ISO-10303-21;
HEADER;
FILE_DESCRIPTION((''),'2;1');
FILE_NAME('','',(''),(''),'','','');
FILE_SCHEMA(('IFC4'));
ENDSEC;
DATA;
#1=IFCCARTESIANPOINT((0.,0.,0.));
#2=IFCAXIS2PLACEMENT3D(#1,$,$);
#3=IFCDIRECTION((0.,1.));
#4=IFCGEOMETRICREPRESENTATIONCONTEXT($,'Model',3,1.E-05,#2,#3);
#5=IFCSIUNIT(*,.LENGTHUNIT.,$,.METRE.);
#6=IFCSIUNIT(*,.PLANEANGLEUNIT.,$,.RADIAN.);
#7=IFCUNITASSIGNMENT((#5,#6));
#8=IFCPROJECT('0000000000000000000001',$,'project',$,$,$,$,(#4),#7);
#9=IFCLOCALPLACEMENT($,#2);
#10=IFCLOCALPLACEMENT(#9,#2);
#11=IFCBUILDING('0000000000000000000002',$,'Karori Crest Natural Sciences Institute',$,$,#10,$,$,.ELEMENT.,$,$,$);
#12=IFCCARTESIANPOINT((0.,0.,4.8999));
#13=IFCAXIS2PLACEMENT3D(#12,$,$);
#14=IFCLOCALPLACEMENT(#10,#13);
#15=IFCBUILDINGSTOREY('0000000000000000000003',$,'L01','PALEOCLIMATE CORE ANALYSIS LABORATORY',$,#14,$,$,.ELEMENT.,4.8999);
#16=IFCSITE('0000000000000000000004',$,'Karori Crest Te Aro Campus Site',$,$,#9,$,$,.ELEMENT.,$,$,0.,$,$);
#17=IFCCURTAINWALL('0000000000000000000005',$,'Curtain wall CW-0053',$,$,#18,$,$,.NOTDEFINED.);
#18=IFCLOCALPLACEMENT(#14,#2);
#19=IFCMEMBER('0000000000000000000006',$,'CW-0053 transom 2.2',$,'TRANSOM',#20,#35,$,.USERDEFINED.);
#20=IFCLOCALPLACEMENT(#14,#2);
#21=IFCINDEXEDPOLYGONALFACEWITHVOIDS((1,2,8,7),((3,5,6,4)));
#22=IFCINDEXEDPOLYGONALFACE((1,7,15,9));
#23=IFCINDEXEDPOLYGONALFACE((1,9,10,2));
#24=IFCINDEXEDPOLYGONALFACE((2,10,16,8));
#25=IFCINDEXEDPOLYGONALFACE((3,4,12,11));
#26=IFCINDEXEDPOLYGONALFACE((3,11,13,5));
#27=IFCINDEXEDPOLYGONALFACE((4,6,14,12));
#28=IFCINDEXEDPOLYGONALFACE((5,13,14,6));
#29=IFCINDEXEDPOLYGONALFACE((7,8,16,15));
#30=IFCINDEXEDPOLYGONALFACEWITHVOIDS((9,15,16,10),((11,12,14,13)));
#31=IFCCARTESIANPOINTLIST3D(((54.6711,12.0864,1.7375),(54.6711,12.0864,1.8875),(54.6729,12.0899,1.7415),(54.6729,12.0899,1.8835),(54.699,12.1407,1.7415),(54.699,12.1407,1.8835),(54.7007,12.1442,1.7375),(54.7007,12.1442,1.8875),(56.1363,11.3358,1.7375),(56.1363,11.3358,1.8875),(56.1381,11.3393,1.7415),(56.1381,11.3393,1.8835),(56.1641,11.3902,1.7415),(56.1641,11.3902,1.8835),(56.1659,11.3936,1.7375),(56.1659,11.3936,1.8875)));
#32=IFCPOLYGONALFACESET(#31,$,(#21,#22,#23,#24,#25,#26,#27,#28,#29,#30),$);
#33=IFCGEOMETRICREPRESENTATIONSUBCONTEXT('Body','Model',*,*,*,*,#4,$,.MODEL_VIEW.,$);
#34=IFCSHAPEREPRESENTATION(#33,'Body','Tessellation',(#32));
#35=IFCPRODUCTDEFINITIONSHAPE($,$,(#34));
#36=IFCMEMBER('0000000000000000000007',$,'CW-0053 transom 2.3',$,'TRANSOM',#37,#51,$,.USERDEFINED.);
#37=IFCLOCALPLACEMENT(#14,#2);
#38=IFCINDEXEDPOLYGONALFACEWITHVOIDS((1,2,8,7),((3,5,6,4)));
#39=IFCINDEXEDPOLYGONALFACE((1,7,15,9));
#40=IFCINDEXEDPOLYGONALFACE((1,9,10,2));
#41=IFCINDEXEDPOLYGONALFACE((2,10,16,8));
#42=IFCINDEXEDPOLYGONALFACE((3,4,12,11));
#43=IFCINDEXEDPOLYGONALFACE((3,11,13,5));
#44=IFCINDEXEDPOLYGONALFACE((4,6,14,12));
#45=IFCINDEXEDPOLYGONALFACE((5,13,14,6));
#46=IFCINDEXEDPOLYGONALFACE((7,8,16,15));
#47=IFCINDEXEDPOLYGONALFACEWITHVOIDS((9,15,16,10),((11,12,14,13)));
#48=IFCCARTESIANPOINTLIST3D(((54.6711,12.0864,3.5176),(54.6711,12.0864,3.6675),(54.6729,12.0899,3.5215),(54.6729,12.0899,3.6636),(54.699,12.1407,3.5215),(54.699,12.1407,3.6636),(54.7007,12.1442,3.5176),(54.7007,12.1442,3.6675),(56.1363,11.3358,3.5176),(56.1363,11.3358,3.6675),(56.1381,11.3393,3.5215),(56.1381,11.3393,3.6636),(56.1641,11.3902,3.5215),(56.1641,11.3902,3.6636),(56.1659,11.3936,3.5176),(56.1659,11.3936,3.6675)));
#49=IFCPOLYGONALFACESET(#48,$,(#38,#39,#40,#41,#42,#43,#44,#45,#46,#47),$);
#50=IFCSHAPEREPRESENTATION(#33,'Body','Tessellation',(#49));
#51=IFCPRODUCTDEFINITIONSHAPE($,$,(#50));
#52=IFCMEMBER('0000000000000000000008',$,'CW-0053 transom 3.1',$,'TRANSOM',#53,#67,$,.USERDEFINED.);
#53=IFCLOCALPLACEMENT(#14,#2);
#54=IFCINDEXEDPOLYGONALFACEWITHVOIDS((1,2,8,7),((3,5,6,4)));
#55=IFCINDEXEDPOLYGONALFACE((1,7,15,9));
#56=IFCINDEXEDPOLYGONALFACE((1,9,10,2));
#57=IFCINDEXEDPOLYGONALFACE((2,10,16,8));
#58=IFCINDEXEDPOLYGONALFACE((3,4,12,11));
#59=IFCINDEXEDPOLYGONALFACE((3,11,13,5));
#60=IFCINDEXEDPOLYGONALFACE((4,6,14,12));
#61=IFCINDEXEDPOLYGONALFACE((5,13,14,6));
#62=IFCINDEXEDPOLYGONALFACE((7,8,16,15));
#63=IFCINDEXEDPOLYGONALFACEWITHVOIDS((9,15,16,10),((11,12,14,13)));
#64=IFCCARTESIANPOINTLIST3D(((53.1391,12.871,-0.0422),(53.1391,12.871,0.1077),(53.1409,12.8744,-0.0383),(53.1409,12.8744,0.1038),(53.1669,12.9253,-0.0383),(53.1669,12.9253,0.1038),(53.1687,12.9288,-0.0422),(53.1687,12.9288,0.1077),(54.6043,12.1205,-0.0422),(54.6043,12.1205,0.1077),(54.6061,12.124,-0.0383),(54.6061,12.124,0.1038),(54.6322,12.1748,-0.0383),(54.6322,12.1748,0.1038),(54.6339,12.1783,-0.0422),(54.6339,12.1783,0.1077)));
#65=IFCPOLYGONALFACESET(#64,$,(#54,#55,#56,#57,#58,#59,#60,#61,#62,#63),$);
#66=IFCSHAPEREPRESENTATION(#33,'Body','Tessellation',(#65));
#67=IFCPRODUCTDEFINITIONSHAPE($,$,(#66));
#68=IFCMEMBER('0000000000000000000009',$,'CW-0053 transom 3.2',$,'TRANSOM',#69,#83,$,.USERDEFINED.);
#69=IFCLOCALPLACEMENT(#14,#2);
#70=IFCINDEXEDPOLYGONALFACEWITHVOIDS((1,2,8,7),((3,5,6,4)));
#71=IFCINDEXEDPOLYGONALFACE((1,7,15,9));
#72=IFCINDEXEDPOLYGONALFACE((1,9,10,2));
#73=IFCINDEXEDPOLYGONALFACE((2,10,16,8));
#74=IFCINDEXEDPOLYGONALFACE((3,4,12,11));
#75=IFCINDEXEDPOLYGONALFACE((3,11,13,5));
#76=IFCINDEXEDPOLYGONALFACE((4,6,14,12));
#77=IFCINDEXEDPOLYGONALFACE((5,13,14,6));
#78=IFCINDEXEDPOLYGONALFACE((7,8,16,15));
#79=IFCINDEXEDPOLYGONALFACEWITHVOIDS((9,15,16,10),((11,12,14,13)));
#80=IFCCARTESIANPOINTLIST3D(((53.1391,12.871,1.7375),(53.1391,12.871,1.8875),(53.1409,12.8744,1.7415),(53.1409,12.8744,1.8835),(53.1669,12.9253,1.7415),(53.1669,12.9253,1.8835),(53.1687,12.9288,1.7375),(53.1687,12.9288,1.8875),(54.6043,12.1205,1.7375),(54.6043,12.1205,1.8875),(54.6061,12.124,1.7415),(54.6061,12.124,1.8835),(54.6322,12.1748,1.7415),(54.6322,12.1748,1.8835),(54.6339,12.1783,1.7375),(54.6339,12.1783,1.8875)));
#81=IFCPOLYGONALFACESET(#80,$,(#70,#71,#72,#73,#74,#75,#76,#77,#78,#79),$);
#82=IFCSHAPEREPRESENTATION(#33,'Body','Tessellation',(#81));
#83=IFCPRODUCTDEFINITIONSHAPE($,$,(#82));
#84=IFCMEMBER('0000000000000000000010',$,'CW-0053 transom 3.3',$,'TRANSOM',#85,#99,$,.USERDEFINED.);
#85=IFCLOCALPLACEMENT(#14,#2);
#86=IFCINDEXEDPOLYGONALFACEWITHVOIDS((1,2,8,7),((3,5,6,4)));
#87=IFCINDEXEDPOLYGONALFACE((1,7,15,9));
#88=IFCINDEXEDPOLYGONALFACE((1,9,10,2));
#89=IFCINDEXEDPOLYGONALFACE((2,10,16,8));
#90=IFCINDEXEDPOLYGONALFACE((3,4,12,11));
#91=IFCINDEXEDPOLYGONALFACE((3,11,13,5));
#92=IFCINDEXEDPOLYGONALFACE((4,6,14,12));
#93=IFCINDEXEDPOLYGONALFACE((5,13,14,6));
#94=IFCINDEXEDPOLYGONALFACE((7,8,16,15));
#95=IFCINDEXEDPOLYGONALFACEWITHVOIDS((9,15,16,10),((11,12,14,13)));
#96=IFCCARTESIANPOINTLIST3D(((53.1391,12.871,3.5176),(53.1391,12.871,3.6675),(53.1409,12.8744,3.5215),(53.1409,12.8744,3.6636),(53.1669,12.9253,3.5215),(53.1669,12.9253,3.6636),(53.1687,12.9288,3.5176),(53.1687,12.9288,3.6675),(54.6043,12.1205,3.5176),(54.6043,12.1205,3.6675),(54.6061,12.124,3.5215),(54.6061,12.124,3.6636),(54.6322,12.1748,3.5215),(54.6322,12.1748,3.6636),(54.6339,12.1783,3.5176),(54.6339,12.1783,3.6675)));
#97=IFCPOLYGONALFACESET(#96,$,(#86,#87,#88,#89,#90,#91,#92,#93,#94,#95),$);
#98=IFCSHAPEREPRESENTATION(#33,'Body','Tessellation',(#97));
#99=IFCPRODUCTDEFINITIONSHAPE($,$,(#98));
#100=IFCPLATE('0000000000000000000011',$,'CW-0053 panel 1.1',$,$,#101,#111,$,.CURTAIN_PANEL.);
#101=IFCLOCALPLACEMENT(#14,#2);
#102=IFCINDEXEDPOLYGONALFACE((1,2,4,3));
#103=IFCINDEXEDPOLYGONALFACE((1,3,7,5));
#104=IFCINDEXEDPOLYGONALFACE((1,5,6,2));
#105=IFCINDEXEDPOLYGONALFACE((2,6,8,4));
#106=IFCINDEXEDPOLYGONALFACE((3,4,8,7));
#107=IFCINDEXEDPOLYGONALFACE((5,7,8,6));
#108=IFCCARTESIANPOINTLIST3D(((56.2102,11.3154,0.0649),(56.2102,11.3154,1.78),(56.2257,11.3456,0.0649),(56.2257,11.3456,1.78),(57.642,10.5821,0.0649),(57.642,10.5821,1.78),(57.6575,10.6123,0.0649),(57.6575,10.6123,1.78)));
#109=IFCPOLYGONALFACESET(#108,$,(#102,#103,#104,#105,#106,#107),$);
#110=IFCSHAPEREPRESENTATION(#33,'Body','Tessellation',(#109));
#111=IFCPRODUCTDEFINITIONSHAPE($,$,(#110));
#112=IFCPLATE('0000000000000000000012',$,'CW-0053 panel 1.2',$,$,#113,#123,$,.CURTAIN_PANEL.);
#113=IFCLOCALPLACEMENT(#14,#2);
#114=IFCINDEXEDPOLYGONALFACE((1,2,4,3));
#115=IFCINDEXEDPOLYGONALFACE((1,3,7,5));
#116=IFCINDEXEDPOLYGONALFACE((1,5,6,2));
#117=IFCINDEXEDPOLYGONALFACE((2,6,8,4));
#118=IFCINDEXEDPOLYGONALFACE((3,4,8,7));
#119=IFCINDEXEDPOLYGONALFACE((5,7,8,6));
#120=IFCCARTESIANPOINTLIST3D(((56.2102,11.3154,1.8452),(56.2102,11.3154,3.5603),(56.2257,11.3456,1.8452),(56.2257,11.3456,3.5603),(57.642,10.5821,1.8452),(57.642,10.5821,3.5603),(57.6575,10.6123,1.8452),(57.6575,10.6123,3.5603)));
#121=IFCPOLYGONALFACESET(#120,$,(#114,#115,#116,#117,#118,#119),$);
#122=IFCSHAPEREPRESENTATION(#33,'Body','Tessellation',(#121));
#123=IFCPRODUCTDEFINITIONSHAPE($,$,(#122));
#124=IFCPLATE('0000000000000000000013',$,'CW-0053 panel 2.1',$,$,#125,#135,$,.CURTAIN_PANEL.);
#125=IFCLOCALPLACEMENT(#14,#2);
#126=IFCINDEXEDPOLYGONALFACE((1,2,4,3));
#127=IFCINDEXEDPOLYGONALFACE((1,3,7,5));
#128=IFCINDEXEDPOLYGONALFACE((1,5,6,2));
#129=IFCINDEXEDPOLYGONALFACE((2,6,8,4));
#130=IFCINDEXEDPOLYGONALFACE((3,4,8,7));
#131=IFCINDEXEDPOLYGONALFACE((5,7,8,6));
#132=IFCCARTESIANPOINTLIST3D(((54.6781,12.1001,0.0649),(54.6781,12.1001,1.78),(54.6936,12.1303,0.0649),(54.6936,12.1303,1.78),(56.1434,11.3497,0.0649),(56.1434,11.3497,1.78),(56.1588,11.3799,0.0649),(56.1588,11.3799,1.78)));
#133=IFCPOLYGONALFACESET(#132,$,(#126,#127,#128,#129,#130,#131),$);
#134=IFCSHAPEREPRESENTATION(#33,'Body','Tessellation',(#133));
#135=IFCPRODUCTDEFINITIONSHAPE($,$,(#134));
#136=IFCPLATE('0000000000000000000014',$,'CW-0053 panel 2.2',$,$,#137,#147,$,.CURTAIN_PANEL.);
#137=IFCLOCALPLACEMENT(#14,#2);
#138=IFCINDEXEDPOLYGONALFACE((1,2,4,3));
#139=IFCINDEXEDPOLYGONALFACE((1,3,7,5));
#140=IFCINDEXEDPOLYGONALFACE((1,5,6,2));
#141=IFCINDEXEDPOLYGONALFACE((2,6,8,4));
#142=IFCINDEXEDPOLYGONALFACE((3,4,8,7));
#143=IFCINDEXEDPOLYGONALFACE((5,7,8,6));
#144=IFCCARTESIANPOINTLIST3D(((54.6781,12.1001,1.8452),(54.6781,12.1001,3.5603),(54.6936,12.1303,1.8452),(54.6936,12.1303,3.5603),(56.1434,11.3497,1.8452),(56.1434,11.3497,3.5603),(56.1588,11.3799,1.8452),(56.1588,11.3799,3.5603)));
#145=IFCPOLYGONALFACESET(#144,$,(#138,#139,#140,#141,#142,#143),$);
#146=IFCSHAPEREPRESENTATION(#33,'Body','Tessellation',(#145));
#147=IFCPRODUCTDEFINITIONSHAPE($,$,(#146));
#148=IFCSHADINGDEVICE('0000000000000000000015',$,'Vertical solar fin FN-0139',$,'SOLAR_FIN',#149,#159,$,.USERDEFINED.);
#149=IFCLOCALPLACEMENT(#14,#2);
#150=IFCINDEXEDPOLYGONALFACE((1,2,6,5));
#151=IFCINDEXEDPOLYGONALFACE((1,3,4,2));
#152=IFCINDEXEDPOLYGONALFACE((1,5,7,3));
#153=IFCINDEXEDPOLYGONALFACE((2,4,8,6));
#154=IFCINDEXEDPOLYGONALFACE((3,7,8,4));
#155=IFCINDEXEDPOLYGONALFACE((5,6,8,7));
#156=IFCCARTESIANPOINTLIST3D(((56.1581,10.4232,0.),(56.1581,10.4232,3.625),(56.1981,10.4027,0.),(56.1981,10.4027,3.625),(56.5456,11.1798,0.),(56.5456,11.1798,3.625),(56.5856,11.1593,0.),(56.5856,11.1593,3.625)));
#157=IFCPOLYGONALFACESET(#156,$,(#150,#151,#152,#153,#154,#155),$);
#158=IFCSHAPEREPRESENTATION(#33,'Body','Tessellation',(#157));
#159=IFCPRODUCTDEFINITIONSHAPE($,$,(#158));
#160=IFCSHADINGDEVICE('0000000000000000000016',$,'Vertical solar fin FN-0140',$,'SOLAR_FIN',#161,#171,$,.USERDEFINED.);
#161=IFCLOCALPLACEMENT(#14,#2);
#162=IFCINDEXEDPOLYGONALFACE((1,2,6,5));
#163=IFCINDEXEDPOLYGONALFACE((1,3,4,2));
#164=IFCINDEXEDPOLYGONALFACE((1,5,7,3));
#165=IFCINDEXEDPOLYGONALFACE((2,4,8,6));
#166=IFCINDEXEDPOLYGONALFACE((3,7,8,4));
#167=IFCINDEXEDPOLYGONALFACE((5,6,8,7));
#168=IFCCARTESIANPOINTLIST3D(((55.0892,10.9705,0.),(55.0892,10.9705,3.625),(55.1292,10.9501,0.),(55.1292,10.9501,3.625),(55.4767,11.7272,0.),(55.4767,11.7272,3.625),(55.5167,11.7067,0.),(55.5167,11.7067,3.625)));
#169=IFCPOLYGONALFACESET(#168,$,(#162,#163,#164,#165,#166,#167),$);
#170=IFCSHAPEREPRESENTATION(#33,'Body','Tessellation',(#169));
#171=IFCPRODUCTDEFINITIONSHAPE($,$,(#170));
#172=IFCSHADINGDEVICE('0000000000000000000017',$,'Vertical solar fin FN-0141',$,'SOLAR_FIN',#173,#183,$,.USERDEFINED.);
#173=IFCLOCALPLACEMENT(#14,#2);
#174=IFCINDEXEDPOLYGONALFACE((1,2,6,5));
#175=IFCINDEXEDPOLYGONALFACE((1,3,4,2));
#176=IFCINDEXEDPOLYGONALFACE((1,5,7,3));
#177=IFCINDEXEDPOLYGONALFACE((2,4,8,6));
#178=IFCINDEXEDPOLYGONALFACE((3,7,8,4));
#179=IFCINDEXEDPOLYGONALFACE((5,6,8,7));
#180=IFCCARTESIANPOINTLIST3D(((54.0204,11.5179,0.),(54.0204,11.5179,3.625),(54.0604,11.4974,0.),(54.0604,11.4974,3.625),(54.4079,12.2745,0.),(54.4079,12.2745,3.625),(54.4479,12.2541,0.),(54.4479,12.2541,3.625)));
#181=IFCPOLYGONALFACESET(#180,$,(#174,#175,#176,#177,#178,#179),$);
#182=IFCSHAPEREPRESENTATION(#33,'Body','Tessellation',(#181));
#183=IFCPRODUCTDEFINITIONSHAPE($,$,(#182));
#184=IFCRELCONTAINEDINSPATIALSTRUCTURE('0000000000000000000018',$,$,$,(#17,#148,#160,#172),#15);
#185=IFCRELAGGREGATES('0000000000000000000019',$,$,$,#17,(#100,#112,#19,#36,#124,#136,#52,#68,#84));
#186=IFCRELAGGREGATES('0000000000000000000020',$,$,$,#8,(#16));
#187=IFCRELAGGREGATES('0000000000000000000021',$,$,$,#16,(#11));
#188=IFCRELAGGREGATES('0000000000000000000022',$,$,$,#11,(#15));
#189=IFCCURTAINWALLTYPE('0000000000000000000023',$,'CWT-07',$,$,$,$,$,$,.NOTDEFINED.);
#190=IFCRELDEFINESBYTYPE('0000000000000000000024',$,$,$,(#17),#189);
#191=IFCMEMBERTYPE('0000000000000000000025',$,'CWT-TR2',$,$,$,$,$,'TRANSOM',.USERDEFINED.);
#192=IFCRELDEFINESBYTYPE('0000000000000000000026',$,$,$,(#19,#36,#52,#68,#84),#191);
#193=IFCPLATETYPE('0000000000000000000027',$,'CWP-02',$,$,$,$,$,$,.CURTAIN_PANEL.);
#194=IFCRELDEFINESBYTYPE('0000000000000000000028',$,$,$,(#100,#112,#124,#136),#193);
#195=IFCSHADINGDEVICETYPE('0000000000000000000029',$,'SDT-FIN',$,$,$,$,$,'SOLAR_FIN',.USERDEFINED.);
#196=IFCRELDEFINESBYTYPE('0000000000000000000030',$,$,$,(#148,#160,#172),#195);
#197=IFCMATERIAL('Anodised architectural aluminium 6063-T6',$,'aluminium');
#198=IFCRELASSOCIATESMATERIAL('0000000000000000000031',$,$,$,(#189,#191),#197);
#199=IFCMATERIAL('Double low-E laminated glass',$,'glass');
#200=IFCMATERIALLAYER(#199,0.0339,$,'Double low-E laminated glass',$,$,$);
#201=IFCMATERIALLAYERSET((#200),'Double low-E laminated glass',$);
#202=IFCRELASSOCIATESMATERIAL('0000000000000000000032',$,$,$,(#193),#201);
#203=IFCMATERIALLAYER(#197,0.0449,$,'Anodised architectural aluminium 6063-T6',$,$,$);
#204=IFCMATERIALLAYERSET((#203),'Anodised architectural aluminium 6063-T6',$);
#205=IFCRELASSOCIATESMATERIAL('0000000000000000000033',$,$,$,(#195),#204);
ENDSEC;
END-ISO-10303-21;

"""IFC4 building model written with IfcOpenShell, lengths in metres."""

from ifc_helpers import new_model, si_unit, direction, frame, origin, origin_2d, place, context, subcontext, project, spatial, rectangle, hollow_rectangle, extrude, material, layer, layer_set, material_profile, profile_set, type_object, element, aggregate, save


model = new_model("IFC4")

# Units and contexts
model_context = context("Model", 3, precision=1e-05, world=origin(), true_north=direction((0.0, 1.0)))
body_context = subcontext(model_context, "Body", "Model", "MODEL_VIEW")
ifc_project = project(units=[si_unit("LENGTHUNIT", "METRE"), si_unit("PLANEANGLEUNIT", "RADIAN")], contexts=[model_context])

# Site, building, storey
site_placement = place(None, origin())
site = spatial("IfcSite", under=ifc_project, at=site_placement, Name="Karori Crest Te Aro Campus Site", CompositionType="ELEMENT", RefElevation=0.0)
building_placement = place(site_placement, origin())
building = spatial("IfcBuilding", under=site, at=building_placement, Name="Karori Crest Natural Sciences Institute", CompositionType="ELEMENT")
storey_placement = place(building_placement, frame((0.0, 0.0, 4.8999)))
storey = spatial("IfcBuildingStorey", under=building, at=storey_placement, Name="L01", Description="PALEOCLIMATE CORE ANALYSIS LABORATORY", CompositionType="ELEMENT", Elevation=4.8999)

# Curtain wall, members, plates
ifc_material_1 = material(Name="Anodised architectural aluminium 6063-T6", Category="aluminium")
curtain_wall_type = type_object("IfcCurtainWallType", Name="CWT-07", PredefinedType="NOTDEFINED", material=ifc_material_1)
curtain_wall_placement = place(storey_placement, origin())
curtain_wall = element("IfcCurtainWall", 1, at=curtain_wall_placement, inside=storey, type_object=curtain_wall_type, Name="Curtain wall CW-0053", PredefinedType="NOTDEFINED")
ifc_material_profile_1 = material_profile(ifc_material_1, hollow_rectangle(XDim=0.0649, YDim=0.1499, WallThickness=0.0039, at=origin_2d()), Name="CWT150x65x4")
ifc_profile_set_1 = profile_set([ifc_material_profile_1], Name="Anodised architectural aluminium 6063-T6")
member_type_1 = type_object("IfcMemberType", Name="CWT-TR2", ElementType="TRANSOM", PredefinedType="USERDEFINED", material=ifc_profile_set_1)
member_1_placement = place(storey_placement, frame((56.1511, 11.3647, 1.8125), z_axis=(-0.890024, 0.455913, 0.0), x_axis=(-0.455913, -0.890024, 0.0)))
member_1 = element("IfcMember", 2, at=member_1_placement, type_object=member_type_1, Name="CW-0053 transom 2.2", ObjectType="TRANSOM", PredefinedType="USERDEFINED", context=body_context, shape_type="SweptSolid", body=[
    extrude(hollow_rectangle(XDim=0.0649, YDim=0.1499, WallThickness=0.0039, at=origin_2d()), origin(), (0.0, 0.0, 1.0), 1.6462),
])
member_2_placement = place(storey_placement, frame((56.1511, 11.3647, 3.5925), z_axis=(-0.890024, 0.455913, 0.0), x_axis=(-0.455913, -0.890024, 0.0)))
member_2 = element("IfcMember", 3, at=member_2_placement, type_object=member_type_1, Name="CW-0053 transom 2.3", ObjectType="TRANSOM", PredefinedType="USERDEFINED", context=body_context, shape_type="SweptSolid", body=[
    extrude(hollow_rectangle(XDim=0.0649, YDim=0.1499, WallThickness=0.0039, at=origin_2d()), origin(), (0.0, 0.0, 1.0), 1.6462),
])
member_3_placement = place(storey_placement, frame((54.6191, 12.1494, 0.0327), z_axis=(-0.890055, 0.455853, 0.0), x_axis=(-0.455853, -0.890055, 0.0)))
member_3 = element("IfcMember", 4, at=member_3_placement, type_object=member_type_1, Name="CW-0053 transom 3.1", ObjectType="TRANSOM", PredefinedType="USERDEFINED", context=body_context, shape_type="SweptSolid", body=[
    extrude(hollow_rectangle(XDim=0.0649, YDim=0.1499, WallThickness=0.0039, at=origin_2d()), origin(), (0.0, 0.0, 1.0), 1.6462),
])
member_4_placement = place(storey_placement, frame((54.6191, 12.1494, 1.8125), z_axis=(-0.890055, 0.455853, 0.0), x_axis=(-0.455853, -0.890055, 0.0)))
member_4 = element("IfcMember", 5, at=member_4_placement, type_object=member_type_1, Name="CW-0053 transom 3.2", ObjectType="TRANSOM", PredefinedType="USERDEFINED", context=body_context, shape_type="SweptSolid", body=[
    extrude(hollow_rectangle(XDim=0.0649, YDim=0.1499, WallThickness=0.0039, at=origin_2d()), origin(), (0.0, 0.0, 1.0), 1.6462),
])
member_5_placement = place(storey_placement, frame((54.6191, 12.1494, 3.5925), z_axis=(-0.890055, 0.455853, 0.0), x_axis=(-0.455853, -0.890055, 0.0)))
member_5 = element("IfcMember", 6, at=member_5_placement, type_object=member_type_1, Name="CW-0053 transom 3.3", ObjectType="TRANSOM", PredefinedType="USERDEFINED", context=body_context, shape_type="SweptSolid", body=[
    extrude(hollow_rectangle(XDim=0.0649, YDim=0.1499, WallThickness=0.0039, at=origin_2d()), origin(), (0.0, 0.0, 1.0), 1.6462),
])
ifc_material_2 = material(Name="Double low-E laminated glass", Category="glass")
ifc_layer_1 = layer(ifc_material_2, 0.0339, Name="Double low-E laminated glass")
ifc_layer_set_1 = layer_set([ifc_layer_1], Name="Double low-E laminated glass")
plate_type = type_object("IfcPlateType", Name="CWP-02", PredefinedType="CURTAIN_PANEL", material=ifc_layer_set_1)
plate_1_placement = place(storey_placement, frame((56.9338, 10.9639, 0.0649), z_axis=(0.0, 0.0, 1.0), x_axis=(-0.890065, 0.455833, 0.0)))
plate_1 = element("IfcPlate", 7, at=plate_1_placement, type_object=plate_type, Name="CW-0053 panel 1.1", PredefinedType="CURTAIN_PANEL", context=body_context, shape_type="SweptSolid", body=[
    extrude(rectangle(XDim=1.6086, YDim=0.0339, at=origin_2d()), origin(), (0.0, 0.0, 1.0), 1.7151),
])
plate_2_placement = place(storey_placement, frame((56.9338, 10.9639, 1.8452), z_axis=(0.0, 0.0, 1.0), x_axis=(-0.890065, 0.455833, 0.0)))
plate_2 = element("IfcPlate", 8, at=plate_2_placement, type_object=plate_type, Name="CW-0053 panel 1.2", PredefinedType="CURTAIN_PANEL", context=body_context, shape_type="SweptSolid", body=[
    extrude(rectangle(XDim=1.6086, YDim=0.0339, at=origin_2d()), origin(), (0.0, 0.0, 1.0), 1.7151),
])
plate_3_placement = place(storey_placement, frame((55.4185, 11.74, 0.0649), z_axis=(0.0, 0.0, 1.0), x_axis=(-0.890065, 0.455833, 0.0)))
plate_3 = element("IfcPlate", 9, at=plate_3_placement, type_object=plate_type, Name="CW-0053 panel 2.1", PredefinedType="CURTAIN_PANEL", context=body_context, shape_type="SweptSolid", body=[
    extrude(rectangle(XDim=1.6462, YDim=0.0339, at=origin_2d()), origin(), (0.0, 0.0, 1.0), 1.7151),
])
plate_4_placement = place(storey_placement, frame((55.4185, 11.74, 1.8452), z_axis=(0.0, 0.0, 1.0), x_axis=(-0.890065, 0.455833, 0.0)))
plate_4 = element("IfcPlate", 10, at=plate_4_placement, type_object=plate_type, Name="CW-0053 panel 2.2", PredefinedType="CURTAIN_PANEL", context=body_context, shape_type="SweptSolid", body=[
    extrude(rectangle(XDim=1.6462, YDim=0.0339, at=origin_2d()), origin(), (0.0, 0.0, 1.0), 1.7151),
])
aggregate(curtain_wall, [plate_1, plate_2, member_1, member_2, plate_3, plate_4, member_3, member_4, member_5])

# Shading devices
ifc_layer_2 = layer(ifc_material_1, 0.0449, Name="Anodised architectural aluminium 6063-T6")
ifc_layer_set_2 = layer_set([ifc_layer_2], Name="Anodised architectural aluminium 6063-T6")
shading_device_type = type_object("IfcShadingDeviceType", Name="SDT-FIN", ElementType="SOLAR_FIN", PredefinedType="USERDEFINED", material=ifc_layer_set_2)
for number, where, z_axis, x_axis, name in (
    (11, (56.3718, 10.7913, 0.0), (0.0, 0.0, 1.0), (-0.455832, -0.890066, 0.0), "Vertical solar fin FN-0139"),
    (12, (55.303, 11.3386, 0.0), (0.0, 0.0, 1.0), (-0.455832, -0.890066, 0.0), "Vertical solar fin FN-0140"),
    (13, (54.2341, 11.886, 0.0), (0.0, 0.0, 1.0), (-0.455832, -0.890066, 0.0), "Vertical solar fin FN-0141"),
):
    element("IfcShadingDevice", number, at=place(storey_placement, frame(where, z_axis=z_axis, x_axis=x_axis)), inside=storey, type_object=shading_device_type, Name=name, ObjectType="SOLAR_FIN", PredefinedType="USERDEFINED", context=body_context, shape_type="SweptSolid", body=[
        extrude(rectangle(XDim=0.8501, YDim=0.0449, at=origin_2d()), origin(), (0.0, 0.0, 1.0), 3.625),
    ])

save(model, "model.ifc")
